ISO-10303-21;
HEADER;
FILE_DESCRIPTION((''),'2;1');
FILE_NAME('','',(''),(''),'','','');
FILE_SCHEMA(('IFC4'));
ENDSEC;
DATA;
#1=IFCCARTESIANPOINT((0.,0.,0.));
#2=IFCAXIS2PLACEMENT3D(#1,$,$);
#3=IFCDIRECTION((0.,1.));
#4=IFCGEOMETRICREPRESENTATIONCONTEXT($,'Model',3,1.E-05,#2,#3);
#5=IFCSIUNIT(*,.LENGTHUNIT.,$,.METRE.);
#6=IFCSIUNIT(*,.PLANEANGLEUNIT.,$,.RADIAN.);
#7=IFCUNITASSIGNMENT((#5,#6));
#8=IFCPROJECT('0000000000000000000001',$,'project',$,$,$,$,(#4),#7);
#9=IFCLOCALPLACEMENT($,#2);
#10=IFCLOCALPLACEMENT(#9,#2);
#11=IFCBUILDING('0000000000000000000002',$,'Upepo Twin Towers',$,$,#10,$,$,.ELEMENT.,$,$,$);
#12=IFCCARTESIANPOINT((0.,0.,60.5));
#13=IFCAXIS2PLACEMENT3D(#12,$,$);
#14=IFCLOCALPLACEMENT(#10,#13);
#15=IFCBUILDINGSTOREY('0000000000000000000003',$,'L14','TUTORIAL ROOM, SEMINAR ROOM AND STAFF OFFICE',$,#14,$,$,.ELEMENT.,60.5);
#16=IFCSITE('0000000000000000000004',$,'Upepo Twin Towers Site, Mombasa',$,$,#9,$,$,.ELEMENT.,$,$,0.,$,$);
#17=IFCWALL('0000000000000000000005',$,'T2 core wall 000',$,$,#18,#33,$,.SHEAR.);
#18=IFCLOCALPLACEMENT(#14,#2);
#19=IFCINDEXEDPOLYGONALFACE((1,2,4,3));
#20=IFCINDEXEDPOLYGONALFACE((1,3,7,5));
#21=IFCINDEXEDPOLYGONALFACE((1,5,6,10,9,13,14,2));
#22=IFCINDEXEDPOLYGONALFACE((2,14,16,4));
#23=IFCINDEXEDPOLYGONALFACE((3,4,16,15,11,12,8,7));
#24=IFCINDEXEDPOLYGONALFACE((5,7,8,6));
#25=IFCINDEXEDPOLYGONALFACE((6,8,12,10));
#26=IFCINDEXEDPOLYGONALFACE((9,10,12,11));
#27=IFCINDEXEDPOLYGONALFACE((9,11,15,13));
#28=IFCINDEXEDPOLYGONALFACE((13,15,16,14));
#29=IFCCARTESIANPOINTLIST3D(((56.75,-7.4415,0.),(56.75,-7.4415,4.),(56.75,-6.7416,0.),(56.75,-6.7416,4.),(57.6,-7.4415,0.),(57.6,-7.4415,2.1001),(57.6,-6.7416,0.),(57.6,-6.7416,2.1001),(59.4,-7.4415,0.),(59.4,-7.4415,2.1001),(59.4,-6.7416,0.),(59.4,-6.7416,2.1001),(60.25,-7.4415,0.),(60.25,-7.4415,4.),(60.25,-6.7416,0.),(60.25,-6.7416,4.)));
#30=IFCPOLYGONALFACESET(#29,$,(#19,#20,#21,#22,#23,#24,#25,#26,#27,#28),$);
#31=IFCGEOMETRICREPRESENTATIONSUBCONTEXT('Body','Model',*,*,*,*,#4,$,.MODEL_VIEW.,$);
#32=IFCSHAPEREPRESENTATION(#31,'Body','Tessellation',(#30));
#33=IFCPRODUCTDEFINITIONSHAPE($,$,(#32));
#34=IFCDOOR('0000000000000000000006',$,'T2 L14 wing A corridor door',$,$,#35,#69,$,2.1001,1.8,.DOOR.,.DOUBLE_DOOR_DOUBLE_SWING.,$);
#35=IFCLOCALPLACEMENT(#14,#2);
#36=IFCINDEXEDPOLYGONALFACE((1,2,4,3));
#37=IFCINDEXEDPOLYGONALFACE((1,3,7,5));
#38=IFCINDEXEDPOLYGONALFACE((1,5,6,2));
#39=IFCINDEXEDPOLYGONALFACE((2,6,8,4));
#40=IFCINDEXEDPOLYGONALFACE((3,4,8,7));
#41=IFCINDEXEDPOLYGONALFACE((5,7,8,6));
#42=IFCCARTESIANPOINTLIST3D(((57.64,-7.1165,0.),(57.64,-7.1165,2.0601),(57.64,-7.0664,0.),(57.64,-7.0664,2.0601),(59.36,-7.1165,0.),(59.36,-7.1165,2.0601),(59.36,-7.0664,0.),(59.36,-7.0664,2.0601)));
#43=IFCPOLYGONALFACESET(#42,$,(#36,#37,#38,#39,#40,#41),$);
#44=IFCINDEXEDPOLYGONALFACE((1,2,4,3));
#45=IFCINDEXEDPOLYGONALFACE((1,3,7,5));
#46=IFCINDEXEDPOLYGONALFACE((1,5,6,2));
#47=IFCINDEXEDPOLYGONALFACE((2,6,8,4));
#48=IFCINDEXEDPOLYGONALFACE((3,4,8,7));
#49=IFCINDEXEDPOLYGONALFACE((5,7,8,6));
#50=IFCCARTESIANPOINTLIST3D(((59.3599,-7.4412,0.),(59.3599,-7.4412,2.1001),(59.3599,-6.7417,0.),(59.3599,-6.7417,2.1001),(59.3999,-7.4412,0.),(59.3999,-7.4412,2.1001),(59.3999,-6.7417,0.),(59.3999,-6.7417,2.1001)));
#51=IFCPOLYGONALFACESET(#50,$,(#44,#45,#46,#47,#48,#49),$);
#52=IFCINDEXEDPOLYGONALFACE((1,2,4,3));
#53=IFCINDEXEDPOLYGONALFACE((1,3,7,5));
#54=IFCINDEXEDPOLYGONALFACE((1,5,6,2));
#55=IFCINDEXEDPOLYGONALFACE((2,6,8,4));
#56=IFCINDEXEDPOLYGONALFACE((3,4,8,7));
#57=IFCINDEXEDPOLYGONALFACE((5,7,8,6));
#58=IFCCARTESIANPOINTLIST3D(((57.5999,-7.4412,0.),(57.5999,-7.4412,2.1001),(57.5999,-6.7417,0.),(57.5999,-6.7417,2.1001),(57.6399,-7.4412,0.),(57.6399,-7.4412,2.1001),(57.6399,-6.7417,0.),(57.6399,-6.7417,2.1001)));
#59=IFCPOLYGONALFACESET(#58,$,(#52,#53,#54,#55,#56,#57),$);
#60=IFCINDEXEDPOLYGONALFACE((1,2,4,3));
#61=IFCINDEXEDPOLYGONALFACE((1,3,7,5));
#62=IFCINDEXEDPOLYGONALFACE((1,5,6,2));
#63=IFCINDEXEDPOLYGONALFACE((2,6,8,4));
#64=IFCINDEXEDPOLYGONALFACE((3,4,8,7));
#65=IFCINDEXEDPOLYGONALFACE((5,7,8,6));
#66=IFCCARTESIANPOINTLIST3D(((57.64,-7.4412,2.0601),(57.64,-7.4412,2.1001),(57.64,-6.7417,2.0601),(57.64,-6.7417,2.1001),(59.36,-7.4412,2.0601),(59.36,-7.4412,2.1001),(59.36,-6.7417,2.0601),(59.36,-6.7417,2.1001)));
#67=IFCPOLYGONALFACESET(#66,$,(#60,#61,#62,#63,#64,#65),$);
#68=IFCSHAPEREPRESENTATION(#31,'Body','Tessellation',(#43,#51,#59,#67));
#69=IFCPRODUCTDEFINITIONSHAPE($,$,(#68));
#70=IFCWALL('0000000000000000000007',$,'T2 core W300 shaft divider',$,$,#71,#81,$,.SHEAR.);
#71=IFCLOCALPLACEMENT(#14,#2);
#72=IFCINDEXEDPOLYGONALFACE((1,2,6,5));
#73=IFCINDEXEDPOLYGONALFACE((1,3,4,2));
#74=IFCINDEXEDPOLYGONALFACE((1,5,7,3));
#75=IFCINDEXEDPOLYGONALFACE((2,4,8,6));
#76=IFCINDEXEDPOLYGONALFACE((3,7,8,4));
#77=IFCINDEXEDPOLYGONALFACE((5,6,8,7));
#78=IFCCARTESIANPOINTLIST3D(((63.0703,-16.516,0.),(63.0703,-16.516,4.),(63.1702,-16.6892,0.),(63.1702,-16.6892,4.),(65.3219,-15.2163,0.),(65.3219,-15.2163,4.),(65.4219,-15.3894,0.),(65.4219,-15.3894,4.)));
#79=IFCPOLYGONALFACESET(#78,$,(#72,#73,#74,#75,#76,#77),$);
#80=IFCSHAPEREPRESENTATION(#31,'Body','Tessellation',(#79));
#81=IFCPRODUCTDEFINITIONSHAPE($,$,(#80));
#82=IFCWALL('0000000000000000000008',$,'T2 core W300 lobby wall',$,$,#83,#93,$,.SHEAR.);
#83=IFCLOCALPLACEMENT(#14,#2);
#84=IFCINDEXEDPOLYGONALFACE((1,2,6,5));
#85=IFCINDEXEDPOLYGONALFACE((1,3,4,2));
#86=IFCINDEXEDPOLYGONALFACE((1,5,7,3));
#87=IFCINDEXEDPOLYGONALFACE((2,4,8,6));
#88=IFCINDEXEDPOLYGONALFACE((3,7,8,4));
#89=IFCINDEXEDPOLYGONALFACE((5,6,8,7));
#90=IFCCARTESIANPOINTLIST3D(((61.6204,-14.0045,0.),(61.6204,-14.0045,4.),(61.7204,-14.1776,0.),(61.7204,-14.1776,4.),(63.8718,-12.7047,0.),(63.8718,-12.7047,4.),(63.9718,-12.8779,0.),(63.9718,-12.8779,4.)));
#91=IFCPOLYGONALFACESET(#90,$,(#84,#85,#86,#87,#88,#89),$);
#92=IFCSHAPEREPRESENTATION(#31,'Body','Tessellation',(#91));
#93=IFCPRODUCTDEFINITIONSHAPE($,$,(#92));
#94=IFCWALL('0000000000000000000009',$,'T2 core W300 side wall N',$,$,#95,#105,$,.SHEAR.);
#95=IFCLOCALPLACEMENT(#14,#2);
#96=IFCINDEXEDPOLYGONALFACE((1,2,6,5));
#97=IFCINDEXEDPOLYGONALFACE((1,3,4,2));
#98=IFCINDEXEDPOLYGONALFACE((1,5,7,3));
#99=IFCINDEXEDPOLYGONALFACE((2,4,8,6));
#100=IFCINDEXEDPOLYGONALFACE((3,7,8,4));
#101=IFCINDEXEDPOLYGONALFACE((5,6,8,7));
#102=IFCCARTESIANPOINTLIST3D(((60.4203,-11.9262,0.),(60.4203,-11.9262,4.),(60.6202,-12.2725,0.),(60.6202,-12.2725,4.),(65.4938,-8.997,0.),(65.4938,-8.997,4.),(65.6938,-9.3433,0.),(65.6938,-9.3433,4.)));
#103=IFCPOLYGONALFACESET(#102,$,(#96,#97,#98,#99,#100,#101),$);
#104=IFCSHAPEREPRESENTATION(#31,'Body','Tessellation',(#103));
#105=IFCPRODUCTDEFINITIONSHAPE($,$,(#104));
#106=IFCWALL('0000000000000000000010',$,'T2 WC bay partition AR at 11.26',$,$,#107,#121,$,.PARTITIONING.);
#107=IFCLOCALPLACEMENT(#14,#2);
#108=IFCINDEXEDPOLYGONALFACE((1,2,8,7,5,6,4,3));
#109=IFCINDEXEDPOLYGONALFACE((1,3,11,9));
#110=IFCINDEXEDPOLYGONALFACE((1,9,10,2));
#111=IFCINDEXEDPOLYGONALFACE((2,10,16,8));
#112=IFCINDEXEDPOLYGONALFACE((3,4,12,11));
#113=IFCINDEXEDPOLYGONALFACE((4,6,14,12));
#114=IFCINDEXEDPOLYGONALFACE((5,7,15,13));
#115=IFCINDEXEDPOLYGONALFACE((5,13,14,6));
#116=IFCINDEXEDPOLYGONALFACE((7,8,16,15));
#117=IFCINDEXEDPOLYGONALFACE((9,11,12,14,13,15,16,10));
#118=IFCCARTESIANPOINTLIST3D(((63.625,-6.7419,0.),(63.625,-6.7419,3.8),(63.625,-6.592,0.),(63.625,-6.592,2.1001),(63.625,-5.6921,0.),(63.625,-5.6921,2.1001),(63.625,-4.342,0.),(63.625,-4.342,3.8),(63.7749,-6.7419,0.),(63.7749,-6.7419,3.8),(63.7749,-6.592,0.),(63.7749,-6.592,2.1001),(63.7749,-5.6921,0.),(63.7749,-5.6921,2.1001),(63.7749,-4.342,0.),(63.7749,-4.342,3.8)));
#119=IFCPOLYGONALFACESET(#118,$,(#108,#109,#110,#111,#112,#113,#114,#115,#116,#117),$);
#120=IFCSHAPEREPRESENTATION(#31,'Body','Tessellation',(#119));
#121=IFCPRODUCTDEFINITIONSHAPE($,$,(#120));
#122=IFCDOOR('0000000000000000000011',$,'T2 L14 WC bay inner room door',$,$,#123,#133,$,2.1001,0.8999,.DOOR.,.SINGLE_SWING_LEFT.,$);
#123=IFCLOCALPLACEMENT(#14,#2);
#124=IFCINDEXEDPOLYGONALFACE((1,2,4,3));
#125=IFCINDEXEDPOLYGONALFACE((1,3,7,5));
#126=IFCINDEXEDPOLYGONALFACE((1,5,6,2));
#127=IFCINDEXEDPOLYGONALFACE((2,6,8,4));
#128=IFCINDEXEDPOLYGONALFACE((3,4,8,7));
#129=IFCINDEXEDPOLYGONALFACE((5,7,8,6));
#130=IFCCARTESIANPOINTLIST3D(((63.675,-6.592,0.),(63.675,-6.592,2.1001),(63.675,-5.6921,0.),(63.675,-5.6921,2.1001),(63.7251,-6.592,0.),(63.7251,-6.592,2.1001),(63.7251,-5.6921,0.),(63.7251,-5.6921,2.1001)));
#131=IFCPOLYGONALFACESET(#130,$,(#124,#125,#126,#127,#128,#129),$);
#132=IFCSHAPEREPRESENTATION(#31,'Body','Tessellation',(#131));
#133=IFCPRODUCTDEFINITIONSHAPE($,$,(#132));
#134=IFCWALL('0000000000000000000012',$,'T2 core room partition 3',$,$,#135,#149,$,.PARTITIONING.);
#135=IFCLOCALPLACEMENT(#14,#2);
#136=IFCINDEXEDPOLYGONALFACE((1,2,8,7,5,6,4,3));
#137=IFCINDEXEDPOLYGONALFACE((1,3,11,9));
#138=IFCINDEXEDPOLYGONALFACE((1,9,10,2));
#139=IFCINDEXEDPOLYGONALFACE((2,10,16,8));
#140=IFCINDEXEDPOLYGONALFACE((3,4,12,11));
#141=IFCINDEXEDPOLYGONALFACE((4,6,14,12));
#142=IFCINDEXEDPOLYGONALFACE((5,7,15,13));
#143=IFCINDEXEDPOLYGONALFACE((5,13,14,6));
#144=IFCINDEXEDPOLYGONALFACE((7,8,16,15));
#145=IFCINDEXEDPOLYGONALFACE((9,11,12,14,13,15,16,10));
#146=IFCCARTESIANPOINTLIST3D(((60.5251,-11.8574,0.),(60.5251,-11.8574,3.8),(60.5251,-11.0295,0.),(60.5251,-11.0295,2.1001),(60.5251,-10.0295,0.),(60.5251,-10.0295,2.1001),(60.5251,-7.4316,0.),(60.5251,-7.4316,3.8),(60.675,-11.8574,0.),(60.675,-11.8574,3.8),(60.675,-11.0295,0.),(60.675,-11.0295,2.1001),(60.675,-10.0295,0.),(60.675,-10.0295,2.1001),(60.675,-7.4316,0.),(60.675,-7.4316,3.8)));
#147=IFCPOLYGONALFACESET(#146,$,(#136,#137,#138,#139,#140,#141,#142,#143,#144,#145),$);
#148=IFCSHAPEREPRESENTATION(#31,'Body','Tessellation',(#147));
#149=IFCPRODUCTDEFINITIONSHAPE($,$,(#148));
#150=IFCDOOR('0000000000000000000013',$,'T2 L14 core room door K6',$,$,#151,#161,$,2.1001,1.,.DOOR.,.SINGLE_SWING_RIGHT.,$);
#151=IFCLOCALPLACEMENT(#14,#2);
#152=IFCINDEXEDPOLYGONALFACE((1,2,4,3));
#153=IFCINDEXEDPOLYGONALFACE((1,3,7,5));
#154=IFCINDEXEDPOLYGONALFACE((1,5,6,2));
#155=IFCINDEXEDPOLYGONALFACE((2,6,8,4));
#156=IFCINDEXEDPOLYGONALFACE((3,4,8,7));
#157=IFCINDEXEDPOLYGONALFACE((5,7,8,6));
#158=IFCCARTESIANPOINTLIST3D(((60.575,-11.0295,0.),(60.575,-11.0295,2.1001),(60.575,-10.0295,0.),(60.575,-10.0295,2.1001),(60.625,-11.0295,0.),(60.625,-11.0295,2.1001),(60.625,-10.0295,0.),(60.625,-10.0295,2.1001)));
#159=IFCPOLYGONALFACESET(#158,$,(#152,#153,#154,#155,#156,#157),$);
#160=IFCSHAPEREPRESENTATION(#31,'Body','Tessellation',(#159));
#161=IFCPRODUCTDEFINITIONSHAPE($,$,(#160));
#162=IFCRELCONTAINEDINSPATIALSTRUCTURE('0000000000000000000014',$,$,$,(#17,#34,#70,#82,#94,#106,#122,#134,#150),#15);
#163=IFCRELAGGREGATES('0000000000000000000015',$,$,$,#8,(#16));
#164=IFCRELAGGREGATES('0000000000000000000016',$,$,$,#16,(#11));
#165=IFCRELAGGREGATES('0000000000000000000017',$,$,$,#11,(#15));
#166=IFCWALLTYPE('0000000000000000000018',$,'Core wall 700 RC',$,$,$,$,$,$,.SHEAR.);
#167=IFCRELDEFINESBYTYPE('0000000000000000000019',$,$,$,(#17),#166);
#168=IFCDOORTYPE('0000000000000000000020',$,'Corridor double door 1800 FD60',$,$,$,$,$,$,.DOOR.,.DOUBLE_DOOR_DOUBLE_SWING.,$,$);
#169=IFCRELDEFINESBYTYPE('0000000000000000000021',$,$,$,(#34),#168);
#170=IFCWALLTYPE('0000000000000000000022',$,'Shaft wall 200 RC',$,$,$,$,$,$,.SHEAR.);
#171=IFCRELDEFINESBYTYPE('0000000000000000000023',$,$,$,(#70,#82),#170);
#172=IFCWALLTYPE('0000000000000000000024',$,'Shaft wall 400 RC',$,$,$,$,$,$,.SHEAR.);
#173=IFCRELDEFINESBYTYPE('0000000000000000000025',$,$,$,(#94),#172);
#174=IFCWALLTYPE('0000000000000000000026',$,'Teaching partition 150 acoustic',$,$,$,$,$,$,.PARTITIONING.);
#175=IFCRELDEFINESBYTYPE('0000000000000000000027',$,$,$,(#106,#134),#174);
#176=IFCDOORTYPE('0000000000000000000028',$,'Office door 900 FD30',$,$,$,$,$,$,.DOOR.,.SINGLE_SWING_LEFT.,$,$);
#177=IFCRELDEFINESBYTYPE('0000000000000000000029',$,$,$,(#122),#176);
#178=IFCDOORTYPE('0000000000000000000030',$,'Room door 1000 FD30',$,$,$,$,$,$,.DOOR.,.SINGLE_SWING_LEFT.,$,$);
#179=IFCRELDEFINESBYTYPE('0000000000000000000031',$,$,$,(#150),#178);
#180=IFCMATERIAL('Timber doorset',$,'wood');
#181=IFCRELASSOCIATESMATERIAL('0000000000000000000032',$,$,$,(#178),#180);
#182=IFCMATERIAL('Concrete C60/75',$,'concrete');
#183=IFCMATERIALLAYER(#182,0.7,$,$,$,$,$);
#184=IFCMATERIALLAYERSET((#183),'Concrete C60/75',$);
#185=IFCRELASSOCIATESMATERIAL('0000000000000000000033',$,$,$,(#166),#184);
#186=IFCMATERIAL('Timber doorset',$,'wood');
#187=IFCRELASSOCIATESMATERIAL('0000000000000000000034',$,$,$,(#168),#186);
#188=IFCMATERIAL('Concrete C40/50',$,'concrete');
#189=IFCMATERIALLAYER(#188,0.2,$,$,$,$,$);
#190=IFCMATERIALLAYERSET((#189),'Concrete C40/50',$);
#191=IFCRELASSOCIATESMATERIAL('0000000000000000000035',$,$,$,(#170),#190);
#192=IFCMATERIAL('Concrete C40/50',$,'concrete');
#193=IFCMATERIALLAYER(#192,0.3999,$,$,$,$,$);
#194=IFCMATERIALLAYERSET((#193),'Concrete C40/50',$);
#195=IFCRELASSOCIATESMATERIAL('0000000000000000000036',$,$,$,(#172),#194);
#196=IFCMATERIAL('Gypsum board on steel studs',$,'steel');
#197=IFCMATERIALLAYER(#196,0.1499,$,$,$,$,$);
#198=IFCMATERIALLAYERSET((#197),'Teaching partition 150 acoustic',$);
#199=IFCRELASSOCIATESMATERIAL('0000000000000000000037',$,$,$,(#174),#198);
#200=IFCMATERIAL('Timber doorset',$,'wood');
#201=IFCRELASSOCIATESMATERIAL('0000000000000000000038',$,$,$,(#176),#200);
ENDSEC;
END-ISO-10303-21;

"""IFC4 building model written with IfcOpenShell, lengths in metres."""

from ifc_helpers import new_model, si_unit, direction, frame, frame_2d, origin, place, context, subcontext, project, spatial, rectangle, extrude, material, layer, layer_set, type_object, element, fill, save


model = new_model("IFC4")

# Units and contexts
model_context = context("Model", 3, precision=1e-05, world=origin(), true_north=direction((0.0, 1.0)))
body_context = subcontext(model_context, "Body", "Model", "MODEL_VIEW")
ifc_project = project(units=[si_unit("LENGTHUNIT", "METRE"), si_unit("PLANEANGLEUNIT", "RADIAN")], contexts=[model_context])

# Site, building, storey
site_placement = place(None, origin())
site = spatial("IfcSite", under=ifc_project, at=site_placement, Name="Upepo Twin Towers Site, Mombasa", CompositionType="ELEMENT", RefElevation=0.0)
building_placement = place(site_placement, origin())
building = spatial("IfcBuilding", under=site, at=building_placement, Name="Upepo Twin Towers", CompositionType="ELEMENT")
storey_placement = place(building_placement, frame((0.0, 0.0, 60.5)))
storey = spatial("IfcBuildingStorey", under=building, at=storey_placement, Name="L14", Description="TUTORIAL ROOM, SEMINAR ROOM AND STAFF OFFICE", CompositionType="ELEMENT", Elevation=60.5)

# Shared definitions
ifc_material_1 = material(Name="Timber doorset", Category="wood")
door_type_1 = type_object("IfcDoorType", Name="Room door 1000 FD30", OperationType="SINGLE_SWING_LEFT", PredefinedType="DOOR", material=ifc_material_1)

# Shared definitions
ifc_material_2 = material(Name="Concrete C60/75", Category="concrete")
ifc_layer_1 = layer(ifc_material_2, 0.7)
ifc_layer_set_1 = layer_set([ifc_layer_1], Name="Concrete C60/75")
wall_type_1 = type_object("IfcWallType", Name="Core wall 700 RC", PredefinedType="SHEAR", material=ifc_layer_set_1)

# Wall, opening, door
wall_1_placement = place(storey_placement, frame((60.25, -7.0916, 0.0), z_axis=(0.0, 0.0, 1.0), x_axis=(-1.0, 0.0, 0.0)))
wall_1 = element("IfcWall", 1, at=wall_1_placement, inside=storey, type_object=wall_type_1, Name="T2 core wall 000", PredefinedType="SHEAR", context=body_context, shape_type="SweptSolid", body=[
    extrude(rectangle(XDim=3.5, YDim=0.7, at=frame_2d((1.75, 0.0))), origin(), (0.0, 0.0, 1.0), 4.0),
])
opening_1_placement = place(wall_1_placement, frame((0.8501, 0.0, 0.0)))
opening_1 = element("IfcOpeningElement", 2, at=opening_1_placement, cuts=wall_1, PredefinedType="OPENING", context=body_context, shape_type="SweptSolid", body=[
    extrude(rectangle(XDim=1.8, YDim=2.1001, at=frame_2d((0.8999, 1.05))), frame((0.0, 0.3599, 0.0), z_axis=(0.0, -1.0, 0.0), x_axis=(1.0, 0.0, 0.0)), (0.0, 0.0, 1.0), 0.72),
])
ifc_material_3 = material(Name="Timber doorset", Category="wood")
door_type_2 = type_object("IfcDoorType", Name="Corridor double door 1800 FD60", OperationType="DOUBLE_DOOR_DOUBLE_SWING", PredefinedType="DOOR", material=ifc_material_3)
door_1_placement = place(opening_1_placement, origin())
door_1 = element("IfcDoor", 3, at=door_1_placement, inside=storey, type_object=door_type_2, Name="T2 L14 wing A corridor door", OperationType="DOUBLE_DOOR_DOUBLE_SWING", OverallHeight=2.1001, OverallWidth=1.8, PredefinedType="DOOR", context=body_context, shape_type="SweptSolid", body=[
    extrude(rectangle(XDim=1.72, YDim=2.0601, at=frame_2d((0.8999, 1.03))), frame((0.0, 0.0249, 0.0), z_axis=(0.0, -1.0, 0.0), x_axis=(1.0, 0.0, 0.0)), (0.0, 0.0, 1.0), 0.05),
    extrude(rectangle(XDim=0.04, YDim=2.1001, at=frame_2d((0.02, 1.05))), frame((0.0, 0.3496, 0.0), z_axis=(0.0, -1.0, 0.0), x_axis=(1.0, 0.0, 0.0)), (0.0, 0.0, 1.0), 0.6995),
    extrude(rectangle(XDim=0.04, YDim=2.1001, at=frame_2d((1.78, 1.05))), frame((0.0, 0.3496, 0.0), z_axis=(0.0, -1.0, 0.0), x_axis=(1.0, 0.0, 0.0)), (0.0, 0.0, 1.0), 0.6995),
    extrude(rectangle(XDim=1.72, YDim=0.04, at=frame_2d((0.8999, 2.0801))), frame((0.0, 0.3496, 0.0), z_axis=(0.0, -1.0, 0.0), x_axis=(1.0, 0.0, 0.0)), (0.0, 0.0, 1.0), 0.6995),
])
fill(opening_1, door_1)

# Walls
ifc_material_4 = material(Name="Concrete C40/50", Category="concrete")
ifc_layer_2 = layer(ifc_material_4, 0.2)
ifc_layer_set_2 = layer_set([ifc_layer_2], Name="Concrete C40/50")
wall_type_2 = type_object("IfcWallType", Name="Shaft wall 200 RC", PredefinedType="SHEAR", material=ifc_layer_set_2)
wall_2_placement = place(storey_placement, frame((63.1204, -16.6025, 0.0), z_axis=(0.0, 0.0, 1.0), x_axis=(0.866062, 0.499937, 0.0)))
element("IfcWall", 4, at=wall_2_placement, inside=storey, type_object=wall_type_2, Name="T2 core W300 shaft divider", PredefinedType="SHEAR", context=body_context, shape_type="SweptSolid", body=[
    extrude(rectangle(XDim=2.5999, YDim=0.2, at=frame_2d((1.2998, 0.0))), origin(), (0.0, 0.0, 1.0), 4.0),
])
wall_3_placement = place(storey_placement, frame((61.6704, -14.0911, 0.0), z_axis=(0.0, 0.0, 1.0), x_axis=(0.866039, 0.499977, 0.0)))
element("IfcWall", 5, at=wall_3_placement, inside=storey, type_object=wall_type_2, Name="T2 core W300 lobby wall", PredefinedType="SHEAR", context=body_context, shape_type="SweptSolid", body=[
    extrude(rectangle(XDim=2.5996, YDim=0.2, at=frame_2d((1.2998, 0.0))), origin(), (0.0, 0.0, 1.0), 4.0),
])
ifc_material_5 = material(Name="Concrete C40/50", Category="concrete")
ifc_layer_3 = layer(ifc_material_5, 0.3999)
ifc_layer_set_3 = layer_set([ifc_layer_3], Name="Concrete C40/50")
wall_type_3 = type_object("IfcWallType", Name="Shaft wall 400 RC", PredefinedType="SHEAR", material=ifc_layer_set_3)
wall_4_placement = place(storey_placement, frame((60.5203, -12.0994, 0.0), z_axis=(0.0, 0.0, 1.0), x_axis=(0.866024, 0.500003, 0.0)))
element("IfcWall", 6, at=wall_4_placement, inside=storey, type_object=wall_type_3, Name="T2 core W300 side wall N", PredefinedType="SHEAR", context=body_context, shape_type="SweptSolid", body=[
    extrude(rectangle(XDim=5.8584, YDim=0.3999, at=frame_2d((2.9292, 0.0))), origin(), (0.0, 0.0, 1.0), 4.0),
])

# Walls, openings, doors
ifc_material_6 = material(Name="Gypsum board on steel studs", Category="steel")
ifc_layer_4 = layer(ifc_material_6, 0.1499)
ifc_layer_set_4 = layer_set([ifc_layer_4], Name="Teaching partition 150 acoustic")
wall_type_4 = type_object("IfcWallType", Name="Teaching partition 150 acoustic", PredefinedType="PARTITIONING", material=ifc_layer_set_4)
wall_5_placement = place(storey_placement, frame((63.7, -6.7419, 0.0), z_axis=(0.0, 0.0, 1.0), x_axis=(0.0, 1.0, 0.0)))
wall_5 = element("IfcWall", 7, at=wall_5_placement, inside=storey, type_object=wall_type_4, Name="T2 WC bay partition AR at 11.26", PredefinedType="PARTITIONING", context=body_context, shape_type="SweptSolid", body=[
    extrude(rectangle(XDim=2.3999, YDim=0.1499, at=frame_2d((1.2, 0.0))), origin(), (0.0, 0.0, 1.0), 3.8),
])
opening_2_placement = place(wall_5_placement, frame((0.1499, 0.0, 0.0)))
opening_2 = element("IfcOpeningElement", 8, at=opening_2_placement, cuts=wall_5, PredefinedType="OPENING", context=body_context, shape_type="SweptSolid", body=[
    extrude(rectangle(XDim=0.8999, YDim=2.1001, at=frame_2d((0.45, 1.05))), frame((0.0, 0.085, 0.0), z_axis=(0.0, -1.0, 0.0), x_axis=(1.0, 0.0, 0.0)), (0.0, 0.0, 1.0), 0.1699),
])
ifc_material_7 = material(Name="Timber doorset", Category="wood")
door_type_3 = type_object("IfcDoorType", Name="Office door 900 FD30", OperationType="SINGLE_SWING_LEFT", PredefinedType="DOOR", material=ifc_material_7)
door_2_placement = place(opening_2_placement, origin())
door_2 = element("IfcDoor", 9, at=door_2_placement, inside=storey, type_object=door_type_3, Name="T2 L14 WC bay inner room door", OperationType="SINGLE_SWING_LEFT", OverallHeight=2.1001, OverallWidth=0.8999, PredefinedType="DOOR", context=body_context, shape_type="SweptSolid", body=[
    extrude(rectangle(XDim=0.8999, YDim=2.1001, at=frame_2d((0.45, 1.05))), frame((0.0, 0.0249, 0.0), z_axis=(0.0, -1.0, 0.0), x_axis=(1.0, 0.0, 0.0)), (0.0, 0.0, 1.0), 0.05),
])
fill(opening_2, door_2)
wall_6_placement = place(storey_placement, frame((60.6001, -7.4316, 0.0), z_axis=(0.0, 0.0, 1.0), x_axis=(0.0, -1.0, 0.0)))
wall_6 = element("IfcWall", 10, at=wall_6_placement, inside=storey, type_object=wall_type_4, Name="T2 core room partition 3", PredefinedType="PARTITIONING", context=body_context, shape_type="SweptSolid", body=[
    extrude(rectangle(XDim=4.4258, YDim=0.1499, at=frame_2d((2.2129, 0.0))), origin(), (0.0, 0.0, 1.0), 3.8),
])
opening_3_placement = place(wall_6_placement, frame((2.5979, 0.0, 0.0)))
opening_3 = element("IfcOpeningElement", 11, at=opening_3_placement, cuts=wall_6, PredefinedType="OPENING", context=body_context, shape_type="SweptSolid", body=[
    extrude(rectangle(XDim=1.0, YDim=2.1001, at=frame_2d((0.5, 1.05))), frame((0.0, 0.085, 0.0), z_axis=(0.0, -1.0, 0.0), x_axis=(1.0, 0.0, 0.0)), (0.0, 0.0, 1.0), 0.1699),
])
door_3_placement = place(opening_3_placement, origin())
door_3 = element("IfcDoor", 12, at=door_3_placement, inside=storey, type_object=door_type_1, Name="T2 L14 core room door K6", OperationType="SINGLE_SWING_RIGHT", OverallHeight=2.1001, OverallWidth=1.0, PredefinedType="DOOR", context=body_context, shape_type="SweptSolid", body=[
    extrude(rectangle(XDim=1.0, YDim=2.1001, at=frame_2d((0.5, 1.05))), frame((0.0, 0.0249, 0.0), z_axis=(0.0, -1.0, 0.0), x_axis=(1.0, 0.0, 0.0)), (0.0, 0.0, 1.0), 0.05),
])
fill(opening_3, door_3)

save(model, "model.ifc")
